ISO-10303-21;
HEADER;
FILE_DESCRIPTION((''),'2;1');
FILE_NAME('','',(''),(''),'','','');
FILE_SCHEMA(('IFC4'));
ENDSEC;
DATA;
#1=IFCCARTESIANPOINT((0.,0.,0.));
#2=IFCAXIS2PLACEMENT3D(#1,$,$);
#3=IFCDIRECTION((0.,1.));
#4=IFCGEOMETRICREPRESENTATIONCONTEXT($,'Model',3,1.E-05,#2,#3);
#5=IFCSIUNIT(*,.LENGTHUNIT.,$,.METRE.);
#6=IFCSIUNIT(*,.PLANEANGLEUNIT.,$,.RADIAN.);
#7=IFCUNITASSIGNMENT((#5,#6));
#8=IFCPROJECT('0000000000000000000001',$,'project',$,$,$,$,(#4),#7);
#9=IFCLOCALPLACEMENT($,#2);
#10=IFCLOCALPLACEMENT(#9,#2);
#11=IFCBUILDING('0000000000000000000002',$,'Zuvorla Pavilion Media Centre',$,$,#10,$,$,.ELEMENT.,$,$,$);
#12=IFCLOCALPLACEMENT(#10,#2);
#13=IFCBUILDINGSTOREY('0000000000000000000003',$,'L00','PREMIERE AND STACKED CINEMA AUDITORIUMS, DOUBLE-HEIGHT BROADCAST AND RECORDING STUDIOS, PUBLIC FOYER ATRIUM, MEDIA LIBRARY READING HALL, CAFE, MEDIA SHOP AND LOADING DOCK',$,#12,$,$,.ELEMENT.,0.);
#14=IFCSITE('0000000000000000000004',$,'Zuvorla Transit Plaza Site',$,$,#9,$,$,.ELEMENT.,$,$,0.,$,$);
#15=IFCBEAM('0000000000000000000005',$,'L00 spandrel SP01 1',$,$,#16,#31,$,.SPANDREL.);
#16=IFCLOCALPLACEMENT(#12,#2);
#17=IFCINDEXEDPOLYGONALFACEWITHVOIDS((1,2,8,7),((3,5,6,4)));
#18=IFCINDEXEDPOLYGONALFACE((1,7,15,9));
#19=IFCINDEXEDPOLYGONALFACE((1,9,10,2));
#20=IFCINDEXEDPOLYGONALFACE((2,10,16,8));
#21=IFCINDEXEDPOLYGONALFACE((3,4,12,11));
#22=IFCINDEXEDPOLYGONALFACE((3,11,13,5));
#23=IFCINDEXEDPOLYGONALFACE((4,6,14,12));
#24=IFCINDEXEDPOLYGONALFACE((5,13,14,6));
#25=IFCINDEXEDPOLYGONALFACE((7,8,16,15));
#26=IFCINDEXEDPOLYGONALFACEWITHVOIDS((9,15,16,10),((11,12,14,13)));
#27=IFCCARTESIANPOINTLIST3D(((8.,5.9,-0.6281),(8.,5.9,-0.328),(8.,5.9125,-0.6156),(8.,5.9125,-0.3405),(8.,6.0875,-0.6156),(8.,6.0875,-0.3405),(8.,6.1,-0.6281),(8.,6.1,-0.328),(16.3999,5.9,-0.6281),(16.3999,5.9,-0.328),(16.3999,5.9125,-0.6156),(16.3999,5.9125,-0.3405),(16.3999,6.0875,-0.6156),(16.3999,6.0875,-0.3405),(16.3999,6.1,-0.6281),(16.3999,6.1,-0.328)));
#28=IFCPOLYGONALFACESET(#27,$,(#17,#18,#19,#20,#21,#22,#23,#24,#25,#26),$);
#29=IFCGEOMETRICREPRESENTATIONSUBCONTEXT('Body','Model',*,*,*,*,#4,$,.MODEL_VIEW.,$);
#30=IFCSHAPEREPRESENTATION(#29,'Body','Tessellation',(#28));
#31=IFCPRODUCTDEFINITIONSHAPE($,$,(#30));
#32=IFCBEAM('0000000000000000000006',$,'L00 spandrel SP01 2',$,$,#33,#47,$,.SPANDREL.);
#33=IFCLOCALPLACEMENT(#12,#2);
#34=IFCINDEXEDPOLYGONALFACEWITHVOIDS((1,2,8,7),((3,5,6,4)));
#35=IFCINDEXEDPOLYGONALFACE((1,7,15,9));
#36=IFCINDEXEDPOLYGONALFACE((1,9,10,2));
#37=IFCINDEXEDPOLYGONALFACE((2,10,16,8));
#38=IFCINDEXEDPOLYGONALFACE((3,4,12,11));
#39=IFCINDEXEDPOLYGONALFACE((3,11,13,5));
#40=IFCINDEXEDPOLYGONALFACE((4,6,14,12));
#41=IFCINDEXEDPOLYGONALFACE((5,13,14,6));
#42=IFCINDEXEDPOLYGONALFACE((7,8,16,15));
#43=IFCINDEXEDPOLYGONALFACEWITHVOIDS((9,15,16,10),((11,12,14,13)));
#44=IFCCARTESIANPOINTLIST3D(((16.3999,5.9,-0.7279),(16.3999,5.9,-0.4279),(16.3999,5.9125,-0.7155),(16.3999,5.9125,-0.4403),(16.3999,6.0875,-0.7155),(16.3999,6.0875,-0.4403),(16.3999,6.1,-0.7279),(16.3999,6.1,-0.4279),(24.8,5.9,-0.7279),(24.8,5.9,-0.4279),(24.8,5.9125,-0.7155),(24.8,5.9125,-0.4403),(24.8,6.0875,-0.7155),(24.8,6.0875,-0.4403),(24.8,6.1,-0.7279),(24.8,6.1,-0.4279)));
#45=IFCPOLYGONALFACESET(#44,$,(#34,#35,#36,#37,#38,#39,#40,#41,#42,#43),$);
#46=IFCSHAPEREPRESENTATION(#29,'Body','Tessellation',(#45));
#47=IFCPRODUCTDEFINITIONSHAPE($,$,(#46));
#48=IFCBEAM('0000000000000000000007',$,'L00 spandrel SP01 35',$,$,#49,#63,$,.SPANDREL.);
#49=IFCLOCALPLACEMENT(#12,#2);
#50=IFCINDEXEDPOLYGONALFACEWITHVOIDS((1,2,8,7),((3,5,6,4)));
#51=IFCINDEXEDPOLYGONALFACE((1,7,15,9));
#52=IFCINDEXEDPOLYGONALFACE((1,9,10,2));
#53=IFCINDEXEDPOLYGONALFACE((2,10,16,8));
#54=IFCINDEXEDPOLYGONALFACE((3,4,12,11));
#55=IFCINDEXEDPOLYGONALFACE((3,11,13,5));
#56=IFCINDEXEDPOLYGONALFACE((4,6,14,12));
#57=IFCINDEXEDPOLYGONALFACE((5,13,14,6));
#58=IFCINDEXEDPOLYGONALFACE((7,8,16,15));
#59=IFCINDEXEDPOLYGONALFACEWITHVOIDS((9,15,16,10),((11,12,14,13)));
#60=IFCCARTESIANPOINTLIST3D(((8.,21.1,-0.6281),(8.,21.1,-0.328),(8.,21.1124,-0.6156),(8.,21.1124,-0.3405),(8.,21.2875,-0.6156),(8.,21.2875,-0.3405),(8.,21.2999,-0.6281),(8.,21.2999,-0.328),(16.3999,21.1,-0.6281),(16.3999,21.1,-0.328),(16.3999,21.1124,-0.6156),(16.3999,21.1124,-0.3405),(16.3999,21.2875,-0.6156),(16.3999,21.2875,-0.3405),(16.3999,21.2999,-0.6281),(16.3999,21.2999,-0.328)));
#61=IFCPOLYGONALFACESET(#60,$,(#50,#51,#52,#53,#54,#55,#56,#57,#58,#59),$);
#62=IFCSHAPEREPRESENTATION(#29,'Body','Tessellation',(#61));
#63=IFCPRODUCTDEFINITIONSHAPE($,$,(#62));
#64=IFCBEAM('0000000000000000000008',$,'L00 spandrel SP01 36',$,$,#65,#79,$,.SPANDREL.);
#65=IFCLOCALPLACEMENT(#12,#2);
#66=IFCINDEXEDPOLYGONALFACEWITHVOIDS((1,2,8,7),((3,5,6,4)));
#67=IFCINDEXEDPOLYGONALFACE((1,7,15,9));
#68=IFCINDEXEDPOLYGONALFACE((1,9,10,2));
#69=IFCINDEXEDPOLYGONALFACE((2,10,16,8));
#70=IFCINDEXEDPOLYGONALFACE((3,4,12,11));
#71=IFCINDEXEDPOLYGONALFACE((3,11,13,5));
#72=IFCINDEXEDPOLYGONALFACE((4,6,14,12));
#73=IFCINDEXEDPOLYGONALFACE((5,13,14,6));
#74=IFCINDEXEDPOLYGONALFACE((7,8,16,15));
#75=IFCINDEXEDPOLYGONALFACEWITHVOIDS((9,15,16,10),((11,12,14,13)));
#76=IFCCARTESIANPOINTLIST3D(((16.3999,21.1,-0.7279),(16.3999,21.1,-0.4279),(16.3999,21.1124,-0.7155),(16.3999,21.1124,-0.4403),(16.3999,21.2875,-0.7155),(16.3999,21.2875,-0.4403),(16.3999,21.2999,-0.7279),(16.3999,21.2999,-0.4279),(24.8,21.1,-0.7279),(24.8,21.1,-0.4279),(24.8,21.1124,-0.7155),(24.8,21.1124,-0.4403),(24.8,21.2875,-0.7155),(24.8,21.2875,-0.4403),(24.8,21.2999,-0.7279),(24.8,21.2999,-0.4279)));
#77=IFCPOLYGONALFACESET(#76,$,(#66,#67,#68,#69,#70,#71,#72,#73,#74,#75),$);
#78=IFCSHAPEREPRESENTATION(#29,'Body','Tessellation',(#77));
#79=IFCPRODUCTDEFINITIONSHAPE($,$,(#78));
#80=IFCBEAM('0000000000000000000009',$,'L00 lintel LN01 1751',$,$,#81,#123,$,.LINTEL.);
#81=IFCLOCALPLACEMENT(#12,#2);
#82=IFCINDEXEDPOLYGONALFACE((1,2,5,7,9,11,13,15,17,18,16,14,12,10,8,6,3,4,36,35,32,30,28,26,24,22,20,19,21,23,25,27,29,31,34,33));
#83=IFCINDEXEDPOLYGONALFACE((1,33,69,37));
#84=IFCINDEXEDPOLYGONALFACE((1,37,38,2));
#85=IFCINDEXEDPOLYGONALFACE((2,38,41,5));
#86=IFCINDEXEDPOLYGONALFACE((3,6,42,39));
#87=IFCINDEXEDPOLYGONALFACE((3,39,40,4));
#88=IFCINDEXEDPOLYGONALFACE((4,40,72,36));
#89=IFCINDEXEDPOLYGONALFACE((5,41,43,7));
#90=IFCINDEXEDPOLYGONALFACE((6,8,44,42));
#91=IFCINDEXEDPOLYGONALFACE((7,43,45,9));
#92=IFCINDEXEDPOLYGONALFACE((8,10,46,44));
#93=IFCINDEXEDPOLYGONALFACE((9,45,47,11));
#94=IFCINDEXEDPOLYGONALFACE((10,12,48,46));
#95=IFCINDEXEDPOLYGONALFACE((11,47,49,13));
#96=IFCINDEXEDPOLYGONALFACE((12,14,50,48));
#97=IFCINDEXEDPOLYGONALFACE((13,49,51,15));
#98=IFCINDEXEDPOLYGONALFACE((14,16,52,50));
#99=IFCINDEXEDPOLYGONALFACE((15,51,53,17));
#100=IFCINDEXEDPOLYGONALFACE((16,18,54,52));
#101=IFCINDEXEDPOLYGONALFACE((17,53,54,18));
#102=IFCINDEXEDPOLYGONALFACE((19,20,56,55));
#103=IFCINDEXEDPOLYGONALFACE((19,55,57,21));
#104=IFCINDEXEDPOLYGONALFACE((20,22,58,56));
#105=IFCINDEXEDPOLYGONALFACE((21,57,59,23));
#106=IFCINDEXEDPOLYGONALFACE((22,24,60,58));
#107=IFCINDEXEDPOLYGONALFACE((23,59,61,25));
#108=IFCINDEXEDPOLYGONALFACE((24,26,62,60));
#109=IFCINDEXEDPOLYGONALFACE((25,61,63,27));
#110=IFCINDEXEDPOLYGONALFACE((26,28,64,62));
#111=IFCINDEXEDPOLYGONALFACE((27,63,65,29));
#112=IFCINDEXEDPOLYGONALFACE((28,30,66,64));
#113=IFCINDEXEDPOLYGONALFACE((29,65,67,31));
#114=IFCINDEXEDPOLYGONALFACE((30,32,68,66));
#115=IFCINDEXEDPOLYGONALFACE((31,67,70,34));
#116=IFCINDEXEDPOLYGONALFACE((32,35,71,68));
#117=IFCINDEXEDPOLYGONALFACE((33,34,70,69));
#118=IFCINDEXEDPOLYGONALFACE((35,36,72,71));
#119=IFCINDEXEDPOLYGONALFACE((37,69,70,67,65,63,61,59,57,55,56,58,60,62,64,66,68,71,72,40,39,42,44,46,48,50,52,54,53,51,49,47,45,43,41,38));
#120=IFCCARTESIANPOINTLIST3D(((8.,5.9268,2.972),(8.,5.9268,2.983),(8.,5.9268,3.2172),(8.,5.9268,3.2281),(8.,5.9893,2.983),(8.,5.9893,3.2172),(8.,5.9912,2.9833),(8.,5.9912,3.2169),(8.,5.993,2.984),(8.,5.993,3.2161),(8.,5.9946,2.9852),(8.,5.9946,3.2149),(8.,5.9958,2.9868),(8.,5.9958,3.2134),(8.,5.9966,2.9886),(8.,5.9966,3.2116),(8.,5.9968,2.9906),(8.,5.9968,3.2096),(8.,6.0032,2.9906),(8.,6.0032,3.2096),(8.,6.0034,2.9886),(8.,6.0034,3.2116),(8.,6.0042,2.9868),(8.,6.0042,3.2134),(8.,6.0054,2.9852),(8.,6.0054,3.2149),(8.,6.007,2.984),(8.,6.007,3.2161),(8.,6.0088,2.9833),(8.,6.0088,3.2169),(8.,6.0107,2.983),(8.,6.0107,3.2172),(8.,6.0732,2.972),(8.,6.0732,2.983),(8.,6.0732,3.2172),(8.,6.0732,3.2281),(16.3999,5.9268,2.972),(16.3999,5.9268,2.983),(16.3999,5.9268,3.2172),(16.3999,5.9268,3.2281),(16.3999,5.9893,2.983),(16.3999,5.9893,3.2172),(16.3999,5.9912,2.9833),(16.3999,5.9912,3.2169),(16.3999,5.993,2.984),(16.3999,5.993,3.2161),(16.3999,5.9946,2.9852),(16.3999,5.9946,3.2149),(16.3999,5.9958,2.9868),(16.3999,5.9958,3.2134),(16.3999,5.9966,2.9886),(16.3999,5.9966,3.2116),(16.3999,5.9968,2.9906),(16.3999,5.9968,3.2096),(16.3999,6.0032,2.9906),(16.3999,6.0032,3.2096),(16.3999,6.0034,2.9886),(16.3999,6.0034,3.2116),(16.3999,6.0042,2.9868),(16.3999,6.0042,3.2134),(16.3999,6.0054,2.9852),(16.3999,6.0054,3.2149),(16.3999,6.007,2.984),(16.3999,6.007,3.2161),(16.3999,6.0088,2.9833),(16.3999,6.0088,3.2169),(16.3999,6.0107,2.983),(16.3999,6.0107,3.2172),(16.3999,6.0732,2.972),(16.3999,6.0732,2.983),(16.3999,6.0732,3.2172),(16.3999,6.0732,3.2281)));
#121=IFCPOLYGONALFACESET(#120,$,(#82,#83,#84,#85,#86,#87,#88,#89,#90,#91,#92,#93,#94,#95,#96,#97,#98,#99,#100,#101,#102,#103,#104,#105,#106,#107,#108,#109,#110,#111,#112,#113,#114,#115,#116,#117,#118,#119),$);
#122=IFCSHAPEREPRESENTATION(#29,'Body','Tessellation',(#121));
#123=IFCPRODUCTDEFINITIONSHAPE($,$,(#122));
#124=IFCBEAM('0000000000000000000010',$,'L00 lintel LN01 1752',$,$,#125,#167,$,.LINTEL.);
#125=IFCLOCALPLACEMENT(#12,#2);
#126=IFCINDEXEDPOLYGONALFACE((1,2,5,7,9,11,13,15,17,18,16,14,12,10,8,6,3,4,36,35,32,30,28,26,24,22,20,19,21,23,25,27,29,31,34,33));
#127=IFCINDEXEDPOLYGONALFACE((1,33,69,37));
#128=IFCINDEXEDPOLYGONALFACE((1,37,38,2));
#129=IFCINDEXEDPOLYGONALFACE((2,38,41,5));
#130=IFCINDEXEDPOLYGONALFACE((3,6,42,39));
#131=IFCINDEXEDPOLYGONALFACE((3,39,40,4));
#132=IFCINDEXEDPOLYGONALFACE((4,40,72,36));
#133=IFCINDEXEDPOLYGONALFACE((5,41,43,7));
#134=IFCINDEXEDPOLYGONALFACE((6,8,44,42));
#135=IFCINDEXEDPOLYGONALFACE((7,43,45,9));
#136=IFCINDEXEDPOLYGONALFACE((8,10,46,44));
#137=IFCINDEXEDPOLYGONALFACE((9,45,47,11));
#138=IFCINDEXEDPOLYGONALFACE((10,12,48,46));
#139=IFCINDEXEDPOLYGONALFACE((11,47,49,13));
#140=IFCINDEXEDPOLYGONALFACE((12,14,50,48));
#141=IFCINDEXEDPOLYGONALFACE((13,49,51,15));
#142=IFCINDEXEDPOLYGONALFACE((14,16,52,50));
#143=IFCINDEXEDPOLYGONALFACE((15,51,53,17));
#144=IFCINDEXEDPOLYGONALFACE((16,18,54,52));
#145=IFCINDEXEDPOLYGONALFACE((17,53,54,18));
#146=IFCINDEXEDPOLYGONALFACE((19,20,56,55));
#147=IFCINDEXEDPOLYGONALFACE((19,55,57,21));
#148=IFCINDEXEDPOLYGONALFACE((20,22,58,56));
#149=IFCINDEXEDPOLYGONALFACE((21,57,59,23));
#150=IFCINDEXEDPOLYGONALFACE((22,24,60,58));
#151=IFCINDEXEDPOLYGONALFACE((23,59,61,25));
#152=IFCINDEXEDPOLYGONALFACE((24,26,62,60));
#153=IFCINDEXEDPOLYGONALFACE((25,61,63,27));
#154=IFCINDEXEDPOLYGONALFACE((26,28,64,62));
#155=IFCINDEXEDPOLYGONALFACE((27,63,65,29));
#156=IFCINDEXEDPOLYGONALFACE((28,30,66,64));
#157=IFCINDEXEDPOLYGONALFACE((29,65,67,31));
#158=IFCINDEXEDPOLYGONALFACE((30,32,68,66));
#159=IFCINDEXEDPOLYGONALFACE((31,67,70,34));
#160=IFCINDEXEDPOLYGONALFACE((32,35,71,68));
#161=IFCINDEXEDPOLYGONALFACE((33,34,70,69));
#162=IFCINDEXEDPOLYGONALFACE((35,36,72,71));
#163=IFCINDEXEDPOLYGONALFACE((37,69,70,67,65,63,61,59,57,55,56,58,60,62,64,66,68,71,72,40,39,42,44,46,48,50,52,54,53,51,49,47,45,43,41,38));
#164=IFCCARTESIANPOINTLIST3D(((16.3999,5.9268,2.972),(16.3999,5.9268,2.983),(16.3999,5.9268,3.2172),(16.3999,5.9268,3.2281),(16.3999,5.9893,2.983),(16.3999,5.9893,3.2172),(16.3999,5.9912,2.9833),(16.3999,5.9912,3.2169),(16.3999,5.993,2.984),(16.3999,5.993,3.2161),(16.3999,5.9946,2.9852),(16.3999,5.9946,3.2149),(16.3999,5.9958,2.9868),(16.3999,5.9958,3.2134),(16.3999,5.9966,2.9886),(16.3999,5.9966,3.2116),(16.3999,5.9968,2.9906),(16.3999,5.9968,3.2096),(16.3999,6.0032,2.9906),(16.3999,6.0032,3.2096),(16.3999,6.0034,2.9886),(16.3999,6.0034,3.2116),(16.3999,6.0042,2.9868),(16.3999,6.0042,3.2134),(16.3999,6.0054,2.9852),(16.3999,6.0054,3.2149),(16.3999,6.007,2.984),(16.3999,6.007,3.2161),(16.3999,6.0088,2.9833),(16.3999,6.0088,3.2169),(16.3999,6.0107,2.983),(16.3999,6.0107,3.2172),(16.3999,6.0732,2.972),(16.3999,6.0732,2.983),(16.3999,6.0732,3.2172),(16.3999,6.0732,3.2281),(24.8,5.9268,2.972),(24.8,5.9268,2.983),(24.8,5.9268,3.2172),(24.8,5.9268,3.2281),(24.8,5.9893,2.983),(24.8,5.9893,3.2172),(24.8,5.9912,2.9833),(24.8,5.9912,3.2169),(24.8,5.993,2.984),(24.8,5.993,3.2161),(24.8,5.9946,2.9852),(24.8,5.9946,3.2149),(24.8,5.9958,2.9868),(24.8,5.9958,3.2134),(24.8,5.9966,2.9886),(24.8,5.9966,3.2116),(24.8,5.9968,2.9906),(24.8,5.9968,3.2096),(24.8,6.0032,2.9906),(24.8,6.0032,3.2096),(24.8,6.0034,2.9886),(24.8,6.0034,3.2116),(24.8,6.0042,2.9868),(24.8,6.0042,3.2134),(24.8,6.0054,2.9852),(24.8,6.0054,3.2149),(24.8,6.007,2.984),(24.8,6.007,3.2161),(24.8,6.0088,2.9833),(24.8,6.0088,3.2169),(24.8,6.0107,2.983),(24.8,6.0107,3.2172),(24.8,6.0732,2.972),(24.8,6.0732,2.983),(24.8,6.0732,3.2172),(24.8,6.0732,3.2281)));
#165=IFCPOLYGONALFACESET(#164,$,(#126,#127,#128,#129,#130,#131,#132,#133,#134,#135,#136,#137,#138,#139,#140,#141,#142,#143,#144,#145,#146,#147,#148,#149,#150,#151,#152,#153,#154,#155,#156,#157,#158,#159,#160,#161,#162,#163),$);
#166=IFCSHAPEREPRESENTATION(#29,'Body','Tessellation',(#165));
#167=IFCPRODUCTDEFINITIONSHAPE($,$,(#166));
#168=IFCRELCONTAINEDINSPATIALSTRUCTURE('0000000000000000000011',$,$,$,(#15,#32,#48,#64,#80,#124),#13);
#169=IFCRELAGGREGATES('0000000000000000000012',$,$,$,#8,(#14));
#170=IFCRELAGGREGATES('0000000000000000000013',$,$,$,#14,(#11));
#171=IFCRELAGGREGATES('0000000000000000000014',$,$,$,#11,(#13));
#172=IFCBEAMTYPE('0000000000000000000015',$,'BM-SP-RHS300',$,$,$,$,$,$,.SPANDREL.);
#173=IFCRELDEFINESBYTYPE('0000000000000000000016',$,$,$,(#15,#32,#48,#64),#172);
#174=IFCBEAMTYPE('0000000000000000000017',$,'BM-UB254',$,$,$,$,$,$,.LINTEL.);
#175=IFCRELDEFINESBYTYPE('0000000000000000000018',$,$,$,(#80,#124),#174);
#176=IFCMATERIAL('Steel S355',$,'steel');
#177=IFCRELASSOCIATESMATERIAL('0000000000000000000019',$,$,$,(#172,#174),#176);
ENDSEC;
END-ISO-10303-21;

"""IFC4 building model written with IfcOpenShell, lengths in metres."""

from ifc_helpers import new_model, si_unit, direction, frame, origin, origin_2d, place, context, subcontext, project, spatial, hollow_rectangle, i_section, extrude, material, material_profile, profile_set, type_object, element, save


model = new_model("IFC4")

# Units and contexts
model_context = context("Model", 3, precision=1e-05, world=origin(), true_north=direction((0.0, 1.0)))
body_context = subcontext(model_context, "Body", "Model", "MODEL_VIEW")
ifc_project = project(units=[si_unit("LENGTHUNIT", "METRE"), si_unit("PLANEANGLEUNIT", "RADIAN")], contexts=[model_context])

# Site, building, storey
site_placement = place(None, origin())
site = spatial("IfcSite", under=ifc_project, at=site_placement, Name="Zuvorla Transit Plaza Site", CompositionType="ELEMENT", RefElevation=0.0)
building_placement = place(site_placement, origin())
building = spatial("IfcBuilding", under=site, at=building_placement, Name="Zuvorla Pavilion Media Centre", CompositionType="ELEMENT")
storey_placement = place(building_placement, origin())
storey = spatial("IfcBuildingStorey", under=building, at=storey_placement, Name="L00", Description="PREMIERE AND STACKED CINEMA AUDITORIUMS, DOUBLE-HEIGHT BROADCAST AND RECORDING STUDIOS, PUBLIC FOYER ATRIUM, MEDIA LIBRARY READING HALL, CAFE, MEDIA SHOP AND LOADING DOCK", CompositionType="ELEMENT", Elevation=0.0)

# Beams
ifc_material_1 = material(Name="Steel S355", Category="steel")
ifc_material_profile_1 = material_profile(ifc_material_1, hollow_rectangle(XDim=0.2, YDim=0.3, WallThickness=0.0125, at=origin_2d()), Name="RHS 300x200x12.5")
ifc_profile_set_1 = profile_set([ifc_material_profile_1], Name="Steel S355")
beam_type_1 = type_object("IfcBeamType", Name="BM-SP-RHS300", PredefinedType="SPANDREL", material=ifc_profile_set_1)
beam_1_placement = place(storey_placement, frame((8.0, 6.0, -0.478), z_axis=(1.0, 0.0, 0.0), x_axis=(0.0, 1.0, 0.0)))
element("IfcBeam", 1, at=beam_1_placement, inside=storey, type_object=beam_type_1, Name="L00 spandrel SP01 1", PredefinedType="SPANDREL", context=body_context, shape_type="SweptSolid", body=[
    extrude(hollow_rectangle(XDim=0.2, YDim=0.3, WallThickness=0.0125, at=origin_2d()), origin(), (0.0, 0.0, 1.0), 8.3999),
])
beam_2_placement = place(storey_placement, frame((16.3999, 6.0, -0.5779), z_axis=(1.0, 0.0, 0.0), x_axis=(0.0, 1.0, 0.0)))
element("IfcBeam", 2, at=beam_2_placement, inside=storey, type_object=beam_type_1, Name="L00 spandrel SP01 2", PredefinedType="SPANDREL", context=body_context, shape_type="SweptSolid", body=[
    extrude(hollow_rectangle(XDim=0.2, YDim=0.3, WallThickness=0.0125, at=origin_2d()), origin(), (0.0, 0.0, 1.0), 8.4001),
])
beam_3_placement = place(storey_placement, frame((8.0, 21.2, -0.478), z_axis=(1.0, 0.0, 0.0), x_axis=(0.0, 1.0, 0.0)))
element("IfcBeam", 3, at=beam_3_placement, inside=storey, type_object=beam_type_1, Name="L00 spandrel SP01 35", PredefinedType="SPANDREL", context=body_context, shape_type="SweptSolid", body=[
    extrude(hollow_rectangle(XDim=0.2, YDim=0.3, WallThickness=0.0125, at=origin_2d()), origin(), (0.0, 0.0, 1.0), 8.3999),
])
beam_4_placement = place(storey_placement, frame((16.3999, 21.2, -0.5779), z_axis=(1.0, 0.0, 0.0), x_axis=(0.0, 1.0, 0.0)))
element("IfcBeam", 4, at=beam_4_placement, inside=storey, type_object=beam_type_1, Name="L00 spandrel SP01 36", PredefinedType="SPANDREL", context=body_context, shape_type="SweptSolid", body=[
    extrude(hollow_rectangle(XDim=0.2, YDim=0.3, WallThickness=0.0125, at=origin_2d()), origin(), (0.0, 0.0, 1.0), 8.4001),
])
ifc_material_profile_2 = material_profile(ifc_material_1, i_section(OverallWidth=0.1465, OverallDepth=0.2561, WebThickness=0.0063, FlangeThickness=0.011, FilletRadius=0.0076, at=origin_2d()), Name="UB 254x146x37")
ifc_profile_set_2 = profile_set([ifc_material_profile_2], Name="Steel S355")
beam_type_2 = type_object("IfcBeamType", Name="BM-UB254", PredefinedType="LINTEL", material=ifc_profile_set_2)
beam_5_placement = place(storey_placement, frame((8.0, 6.0, 3.1001), z_axis=(1.0, 0.0, 0.0), x_axis=(0.0, 1.0, 0.0)))
element("IfcBeam", 5, at=beam_5_placement, inside=storey, type_object=beam_type_2, Name="L00 lintel LN01 1751", PredefinedType="LINTEL", context=body_context, shape_type="SweptSolid", body=[
    extrude(i_section(OverallWidth=0.1465, OverallDepth=0.2561, WebThickness=0.0063, FlangeThickness=0.011, FilletRadius=0.0076, at=origin_2d()), origin(), (0.0, 0.0, 1.0), 8.3999),
])
beam_6_placement = place(storey_placement, frame((16.3999, 6.0, 3.1001), z_axis=(1.0, 0.0, 0.0), x_axis=(0.0, 1.0, 0.0)))
element("IfcBeam", 6, at=beam_6_placement, inside=storey, type_object=beam_type_2, Name="L00 lintel LN01 1752", PredefinedType="LINTEL", context=body_context, shape_type="SweptSolid", body=[
    extrude(i_section(OverallWidth=0.1465, OverallDepth=0.2561, WebThickness=0.0063, FlangeThickness=0.011, FilletRadius=0.0076, at=origin_2d()), origin(), (0.0, 0.0, 1.0), 8.4001),
])

save(model, "model.ifc")
